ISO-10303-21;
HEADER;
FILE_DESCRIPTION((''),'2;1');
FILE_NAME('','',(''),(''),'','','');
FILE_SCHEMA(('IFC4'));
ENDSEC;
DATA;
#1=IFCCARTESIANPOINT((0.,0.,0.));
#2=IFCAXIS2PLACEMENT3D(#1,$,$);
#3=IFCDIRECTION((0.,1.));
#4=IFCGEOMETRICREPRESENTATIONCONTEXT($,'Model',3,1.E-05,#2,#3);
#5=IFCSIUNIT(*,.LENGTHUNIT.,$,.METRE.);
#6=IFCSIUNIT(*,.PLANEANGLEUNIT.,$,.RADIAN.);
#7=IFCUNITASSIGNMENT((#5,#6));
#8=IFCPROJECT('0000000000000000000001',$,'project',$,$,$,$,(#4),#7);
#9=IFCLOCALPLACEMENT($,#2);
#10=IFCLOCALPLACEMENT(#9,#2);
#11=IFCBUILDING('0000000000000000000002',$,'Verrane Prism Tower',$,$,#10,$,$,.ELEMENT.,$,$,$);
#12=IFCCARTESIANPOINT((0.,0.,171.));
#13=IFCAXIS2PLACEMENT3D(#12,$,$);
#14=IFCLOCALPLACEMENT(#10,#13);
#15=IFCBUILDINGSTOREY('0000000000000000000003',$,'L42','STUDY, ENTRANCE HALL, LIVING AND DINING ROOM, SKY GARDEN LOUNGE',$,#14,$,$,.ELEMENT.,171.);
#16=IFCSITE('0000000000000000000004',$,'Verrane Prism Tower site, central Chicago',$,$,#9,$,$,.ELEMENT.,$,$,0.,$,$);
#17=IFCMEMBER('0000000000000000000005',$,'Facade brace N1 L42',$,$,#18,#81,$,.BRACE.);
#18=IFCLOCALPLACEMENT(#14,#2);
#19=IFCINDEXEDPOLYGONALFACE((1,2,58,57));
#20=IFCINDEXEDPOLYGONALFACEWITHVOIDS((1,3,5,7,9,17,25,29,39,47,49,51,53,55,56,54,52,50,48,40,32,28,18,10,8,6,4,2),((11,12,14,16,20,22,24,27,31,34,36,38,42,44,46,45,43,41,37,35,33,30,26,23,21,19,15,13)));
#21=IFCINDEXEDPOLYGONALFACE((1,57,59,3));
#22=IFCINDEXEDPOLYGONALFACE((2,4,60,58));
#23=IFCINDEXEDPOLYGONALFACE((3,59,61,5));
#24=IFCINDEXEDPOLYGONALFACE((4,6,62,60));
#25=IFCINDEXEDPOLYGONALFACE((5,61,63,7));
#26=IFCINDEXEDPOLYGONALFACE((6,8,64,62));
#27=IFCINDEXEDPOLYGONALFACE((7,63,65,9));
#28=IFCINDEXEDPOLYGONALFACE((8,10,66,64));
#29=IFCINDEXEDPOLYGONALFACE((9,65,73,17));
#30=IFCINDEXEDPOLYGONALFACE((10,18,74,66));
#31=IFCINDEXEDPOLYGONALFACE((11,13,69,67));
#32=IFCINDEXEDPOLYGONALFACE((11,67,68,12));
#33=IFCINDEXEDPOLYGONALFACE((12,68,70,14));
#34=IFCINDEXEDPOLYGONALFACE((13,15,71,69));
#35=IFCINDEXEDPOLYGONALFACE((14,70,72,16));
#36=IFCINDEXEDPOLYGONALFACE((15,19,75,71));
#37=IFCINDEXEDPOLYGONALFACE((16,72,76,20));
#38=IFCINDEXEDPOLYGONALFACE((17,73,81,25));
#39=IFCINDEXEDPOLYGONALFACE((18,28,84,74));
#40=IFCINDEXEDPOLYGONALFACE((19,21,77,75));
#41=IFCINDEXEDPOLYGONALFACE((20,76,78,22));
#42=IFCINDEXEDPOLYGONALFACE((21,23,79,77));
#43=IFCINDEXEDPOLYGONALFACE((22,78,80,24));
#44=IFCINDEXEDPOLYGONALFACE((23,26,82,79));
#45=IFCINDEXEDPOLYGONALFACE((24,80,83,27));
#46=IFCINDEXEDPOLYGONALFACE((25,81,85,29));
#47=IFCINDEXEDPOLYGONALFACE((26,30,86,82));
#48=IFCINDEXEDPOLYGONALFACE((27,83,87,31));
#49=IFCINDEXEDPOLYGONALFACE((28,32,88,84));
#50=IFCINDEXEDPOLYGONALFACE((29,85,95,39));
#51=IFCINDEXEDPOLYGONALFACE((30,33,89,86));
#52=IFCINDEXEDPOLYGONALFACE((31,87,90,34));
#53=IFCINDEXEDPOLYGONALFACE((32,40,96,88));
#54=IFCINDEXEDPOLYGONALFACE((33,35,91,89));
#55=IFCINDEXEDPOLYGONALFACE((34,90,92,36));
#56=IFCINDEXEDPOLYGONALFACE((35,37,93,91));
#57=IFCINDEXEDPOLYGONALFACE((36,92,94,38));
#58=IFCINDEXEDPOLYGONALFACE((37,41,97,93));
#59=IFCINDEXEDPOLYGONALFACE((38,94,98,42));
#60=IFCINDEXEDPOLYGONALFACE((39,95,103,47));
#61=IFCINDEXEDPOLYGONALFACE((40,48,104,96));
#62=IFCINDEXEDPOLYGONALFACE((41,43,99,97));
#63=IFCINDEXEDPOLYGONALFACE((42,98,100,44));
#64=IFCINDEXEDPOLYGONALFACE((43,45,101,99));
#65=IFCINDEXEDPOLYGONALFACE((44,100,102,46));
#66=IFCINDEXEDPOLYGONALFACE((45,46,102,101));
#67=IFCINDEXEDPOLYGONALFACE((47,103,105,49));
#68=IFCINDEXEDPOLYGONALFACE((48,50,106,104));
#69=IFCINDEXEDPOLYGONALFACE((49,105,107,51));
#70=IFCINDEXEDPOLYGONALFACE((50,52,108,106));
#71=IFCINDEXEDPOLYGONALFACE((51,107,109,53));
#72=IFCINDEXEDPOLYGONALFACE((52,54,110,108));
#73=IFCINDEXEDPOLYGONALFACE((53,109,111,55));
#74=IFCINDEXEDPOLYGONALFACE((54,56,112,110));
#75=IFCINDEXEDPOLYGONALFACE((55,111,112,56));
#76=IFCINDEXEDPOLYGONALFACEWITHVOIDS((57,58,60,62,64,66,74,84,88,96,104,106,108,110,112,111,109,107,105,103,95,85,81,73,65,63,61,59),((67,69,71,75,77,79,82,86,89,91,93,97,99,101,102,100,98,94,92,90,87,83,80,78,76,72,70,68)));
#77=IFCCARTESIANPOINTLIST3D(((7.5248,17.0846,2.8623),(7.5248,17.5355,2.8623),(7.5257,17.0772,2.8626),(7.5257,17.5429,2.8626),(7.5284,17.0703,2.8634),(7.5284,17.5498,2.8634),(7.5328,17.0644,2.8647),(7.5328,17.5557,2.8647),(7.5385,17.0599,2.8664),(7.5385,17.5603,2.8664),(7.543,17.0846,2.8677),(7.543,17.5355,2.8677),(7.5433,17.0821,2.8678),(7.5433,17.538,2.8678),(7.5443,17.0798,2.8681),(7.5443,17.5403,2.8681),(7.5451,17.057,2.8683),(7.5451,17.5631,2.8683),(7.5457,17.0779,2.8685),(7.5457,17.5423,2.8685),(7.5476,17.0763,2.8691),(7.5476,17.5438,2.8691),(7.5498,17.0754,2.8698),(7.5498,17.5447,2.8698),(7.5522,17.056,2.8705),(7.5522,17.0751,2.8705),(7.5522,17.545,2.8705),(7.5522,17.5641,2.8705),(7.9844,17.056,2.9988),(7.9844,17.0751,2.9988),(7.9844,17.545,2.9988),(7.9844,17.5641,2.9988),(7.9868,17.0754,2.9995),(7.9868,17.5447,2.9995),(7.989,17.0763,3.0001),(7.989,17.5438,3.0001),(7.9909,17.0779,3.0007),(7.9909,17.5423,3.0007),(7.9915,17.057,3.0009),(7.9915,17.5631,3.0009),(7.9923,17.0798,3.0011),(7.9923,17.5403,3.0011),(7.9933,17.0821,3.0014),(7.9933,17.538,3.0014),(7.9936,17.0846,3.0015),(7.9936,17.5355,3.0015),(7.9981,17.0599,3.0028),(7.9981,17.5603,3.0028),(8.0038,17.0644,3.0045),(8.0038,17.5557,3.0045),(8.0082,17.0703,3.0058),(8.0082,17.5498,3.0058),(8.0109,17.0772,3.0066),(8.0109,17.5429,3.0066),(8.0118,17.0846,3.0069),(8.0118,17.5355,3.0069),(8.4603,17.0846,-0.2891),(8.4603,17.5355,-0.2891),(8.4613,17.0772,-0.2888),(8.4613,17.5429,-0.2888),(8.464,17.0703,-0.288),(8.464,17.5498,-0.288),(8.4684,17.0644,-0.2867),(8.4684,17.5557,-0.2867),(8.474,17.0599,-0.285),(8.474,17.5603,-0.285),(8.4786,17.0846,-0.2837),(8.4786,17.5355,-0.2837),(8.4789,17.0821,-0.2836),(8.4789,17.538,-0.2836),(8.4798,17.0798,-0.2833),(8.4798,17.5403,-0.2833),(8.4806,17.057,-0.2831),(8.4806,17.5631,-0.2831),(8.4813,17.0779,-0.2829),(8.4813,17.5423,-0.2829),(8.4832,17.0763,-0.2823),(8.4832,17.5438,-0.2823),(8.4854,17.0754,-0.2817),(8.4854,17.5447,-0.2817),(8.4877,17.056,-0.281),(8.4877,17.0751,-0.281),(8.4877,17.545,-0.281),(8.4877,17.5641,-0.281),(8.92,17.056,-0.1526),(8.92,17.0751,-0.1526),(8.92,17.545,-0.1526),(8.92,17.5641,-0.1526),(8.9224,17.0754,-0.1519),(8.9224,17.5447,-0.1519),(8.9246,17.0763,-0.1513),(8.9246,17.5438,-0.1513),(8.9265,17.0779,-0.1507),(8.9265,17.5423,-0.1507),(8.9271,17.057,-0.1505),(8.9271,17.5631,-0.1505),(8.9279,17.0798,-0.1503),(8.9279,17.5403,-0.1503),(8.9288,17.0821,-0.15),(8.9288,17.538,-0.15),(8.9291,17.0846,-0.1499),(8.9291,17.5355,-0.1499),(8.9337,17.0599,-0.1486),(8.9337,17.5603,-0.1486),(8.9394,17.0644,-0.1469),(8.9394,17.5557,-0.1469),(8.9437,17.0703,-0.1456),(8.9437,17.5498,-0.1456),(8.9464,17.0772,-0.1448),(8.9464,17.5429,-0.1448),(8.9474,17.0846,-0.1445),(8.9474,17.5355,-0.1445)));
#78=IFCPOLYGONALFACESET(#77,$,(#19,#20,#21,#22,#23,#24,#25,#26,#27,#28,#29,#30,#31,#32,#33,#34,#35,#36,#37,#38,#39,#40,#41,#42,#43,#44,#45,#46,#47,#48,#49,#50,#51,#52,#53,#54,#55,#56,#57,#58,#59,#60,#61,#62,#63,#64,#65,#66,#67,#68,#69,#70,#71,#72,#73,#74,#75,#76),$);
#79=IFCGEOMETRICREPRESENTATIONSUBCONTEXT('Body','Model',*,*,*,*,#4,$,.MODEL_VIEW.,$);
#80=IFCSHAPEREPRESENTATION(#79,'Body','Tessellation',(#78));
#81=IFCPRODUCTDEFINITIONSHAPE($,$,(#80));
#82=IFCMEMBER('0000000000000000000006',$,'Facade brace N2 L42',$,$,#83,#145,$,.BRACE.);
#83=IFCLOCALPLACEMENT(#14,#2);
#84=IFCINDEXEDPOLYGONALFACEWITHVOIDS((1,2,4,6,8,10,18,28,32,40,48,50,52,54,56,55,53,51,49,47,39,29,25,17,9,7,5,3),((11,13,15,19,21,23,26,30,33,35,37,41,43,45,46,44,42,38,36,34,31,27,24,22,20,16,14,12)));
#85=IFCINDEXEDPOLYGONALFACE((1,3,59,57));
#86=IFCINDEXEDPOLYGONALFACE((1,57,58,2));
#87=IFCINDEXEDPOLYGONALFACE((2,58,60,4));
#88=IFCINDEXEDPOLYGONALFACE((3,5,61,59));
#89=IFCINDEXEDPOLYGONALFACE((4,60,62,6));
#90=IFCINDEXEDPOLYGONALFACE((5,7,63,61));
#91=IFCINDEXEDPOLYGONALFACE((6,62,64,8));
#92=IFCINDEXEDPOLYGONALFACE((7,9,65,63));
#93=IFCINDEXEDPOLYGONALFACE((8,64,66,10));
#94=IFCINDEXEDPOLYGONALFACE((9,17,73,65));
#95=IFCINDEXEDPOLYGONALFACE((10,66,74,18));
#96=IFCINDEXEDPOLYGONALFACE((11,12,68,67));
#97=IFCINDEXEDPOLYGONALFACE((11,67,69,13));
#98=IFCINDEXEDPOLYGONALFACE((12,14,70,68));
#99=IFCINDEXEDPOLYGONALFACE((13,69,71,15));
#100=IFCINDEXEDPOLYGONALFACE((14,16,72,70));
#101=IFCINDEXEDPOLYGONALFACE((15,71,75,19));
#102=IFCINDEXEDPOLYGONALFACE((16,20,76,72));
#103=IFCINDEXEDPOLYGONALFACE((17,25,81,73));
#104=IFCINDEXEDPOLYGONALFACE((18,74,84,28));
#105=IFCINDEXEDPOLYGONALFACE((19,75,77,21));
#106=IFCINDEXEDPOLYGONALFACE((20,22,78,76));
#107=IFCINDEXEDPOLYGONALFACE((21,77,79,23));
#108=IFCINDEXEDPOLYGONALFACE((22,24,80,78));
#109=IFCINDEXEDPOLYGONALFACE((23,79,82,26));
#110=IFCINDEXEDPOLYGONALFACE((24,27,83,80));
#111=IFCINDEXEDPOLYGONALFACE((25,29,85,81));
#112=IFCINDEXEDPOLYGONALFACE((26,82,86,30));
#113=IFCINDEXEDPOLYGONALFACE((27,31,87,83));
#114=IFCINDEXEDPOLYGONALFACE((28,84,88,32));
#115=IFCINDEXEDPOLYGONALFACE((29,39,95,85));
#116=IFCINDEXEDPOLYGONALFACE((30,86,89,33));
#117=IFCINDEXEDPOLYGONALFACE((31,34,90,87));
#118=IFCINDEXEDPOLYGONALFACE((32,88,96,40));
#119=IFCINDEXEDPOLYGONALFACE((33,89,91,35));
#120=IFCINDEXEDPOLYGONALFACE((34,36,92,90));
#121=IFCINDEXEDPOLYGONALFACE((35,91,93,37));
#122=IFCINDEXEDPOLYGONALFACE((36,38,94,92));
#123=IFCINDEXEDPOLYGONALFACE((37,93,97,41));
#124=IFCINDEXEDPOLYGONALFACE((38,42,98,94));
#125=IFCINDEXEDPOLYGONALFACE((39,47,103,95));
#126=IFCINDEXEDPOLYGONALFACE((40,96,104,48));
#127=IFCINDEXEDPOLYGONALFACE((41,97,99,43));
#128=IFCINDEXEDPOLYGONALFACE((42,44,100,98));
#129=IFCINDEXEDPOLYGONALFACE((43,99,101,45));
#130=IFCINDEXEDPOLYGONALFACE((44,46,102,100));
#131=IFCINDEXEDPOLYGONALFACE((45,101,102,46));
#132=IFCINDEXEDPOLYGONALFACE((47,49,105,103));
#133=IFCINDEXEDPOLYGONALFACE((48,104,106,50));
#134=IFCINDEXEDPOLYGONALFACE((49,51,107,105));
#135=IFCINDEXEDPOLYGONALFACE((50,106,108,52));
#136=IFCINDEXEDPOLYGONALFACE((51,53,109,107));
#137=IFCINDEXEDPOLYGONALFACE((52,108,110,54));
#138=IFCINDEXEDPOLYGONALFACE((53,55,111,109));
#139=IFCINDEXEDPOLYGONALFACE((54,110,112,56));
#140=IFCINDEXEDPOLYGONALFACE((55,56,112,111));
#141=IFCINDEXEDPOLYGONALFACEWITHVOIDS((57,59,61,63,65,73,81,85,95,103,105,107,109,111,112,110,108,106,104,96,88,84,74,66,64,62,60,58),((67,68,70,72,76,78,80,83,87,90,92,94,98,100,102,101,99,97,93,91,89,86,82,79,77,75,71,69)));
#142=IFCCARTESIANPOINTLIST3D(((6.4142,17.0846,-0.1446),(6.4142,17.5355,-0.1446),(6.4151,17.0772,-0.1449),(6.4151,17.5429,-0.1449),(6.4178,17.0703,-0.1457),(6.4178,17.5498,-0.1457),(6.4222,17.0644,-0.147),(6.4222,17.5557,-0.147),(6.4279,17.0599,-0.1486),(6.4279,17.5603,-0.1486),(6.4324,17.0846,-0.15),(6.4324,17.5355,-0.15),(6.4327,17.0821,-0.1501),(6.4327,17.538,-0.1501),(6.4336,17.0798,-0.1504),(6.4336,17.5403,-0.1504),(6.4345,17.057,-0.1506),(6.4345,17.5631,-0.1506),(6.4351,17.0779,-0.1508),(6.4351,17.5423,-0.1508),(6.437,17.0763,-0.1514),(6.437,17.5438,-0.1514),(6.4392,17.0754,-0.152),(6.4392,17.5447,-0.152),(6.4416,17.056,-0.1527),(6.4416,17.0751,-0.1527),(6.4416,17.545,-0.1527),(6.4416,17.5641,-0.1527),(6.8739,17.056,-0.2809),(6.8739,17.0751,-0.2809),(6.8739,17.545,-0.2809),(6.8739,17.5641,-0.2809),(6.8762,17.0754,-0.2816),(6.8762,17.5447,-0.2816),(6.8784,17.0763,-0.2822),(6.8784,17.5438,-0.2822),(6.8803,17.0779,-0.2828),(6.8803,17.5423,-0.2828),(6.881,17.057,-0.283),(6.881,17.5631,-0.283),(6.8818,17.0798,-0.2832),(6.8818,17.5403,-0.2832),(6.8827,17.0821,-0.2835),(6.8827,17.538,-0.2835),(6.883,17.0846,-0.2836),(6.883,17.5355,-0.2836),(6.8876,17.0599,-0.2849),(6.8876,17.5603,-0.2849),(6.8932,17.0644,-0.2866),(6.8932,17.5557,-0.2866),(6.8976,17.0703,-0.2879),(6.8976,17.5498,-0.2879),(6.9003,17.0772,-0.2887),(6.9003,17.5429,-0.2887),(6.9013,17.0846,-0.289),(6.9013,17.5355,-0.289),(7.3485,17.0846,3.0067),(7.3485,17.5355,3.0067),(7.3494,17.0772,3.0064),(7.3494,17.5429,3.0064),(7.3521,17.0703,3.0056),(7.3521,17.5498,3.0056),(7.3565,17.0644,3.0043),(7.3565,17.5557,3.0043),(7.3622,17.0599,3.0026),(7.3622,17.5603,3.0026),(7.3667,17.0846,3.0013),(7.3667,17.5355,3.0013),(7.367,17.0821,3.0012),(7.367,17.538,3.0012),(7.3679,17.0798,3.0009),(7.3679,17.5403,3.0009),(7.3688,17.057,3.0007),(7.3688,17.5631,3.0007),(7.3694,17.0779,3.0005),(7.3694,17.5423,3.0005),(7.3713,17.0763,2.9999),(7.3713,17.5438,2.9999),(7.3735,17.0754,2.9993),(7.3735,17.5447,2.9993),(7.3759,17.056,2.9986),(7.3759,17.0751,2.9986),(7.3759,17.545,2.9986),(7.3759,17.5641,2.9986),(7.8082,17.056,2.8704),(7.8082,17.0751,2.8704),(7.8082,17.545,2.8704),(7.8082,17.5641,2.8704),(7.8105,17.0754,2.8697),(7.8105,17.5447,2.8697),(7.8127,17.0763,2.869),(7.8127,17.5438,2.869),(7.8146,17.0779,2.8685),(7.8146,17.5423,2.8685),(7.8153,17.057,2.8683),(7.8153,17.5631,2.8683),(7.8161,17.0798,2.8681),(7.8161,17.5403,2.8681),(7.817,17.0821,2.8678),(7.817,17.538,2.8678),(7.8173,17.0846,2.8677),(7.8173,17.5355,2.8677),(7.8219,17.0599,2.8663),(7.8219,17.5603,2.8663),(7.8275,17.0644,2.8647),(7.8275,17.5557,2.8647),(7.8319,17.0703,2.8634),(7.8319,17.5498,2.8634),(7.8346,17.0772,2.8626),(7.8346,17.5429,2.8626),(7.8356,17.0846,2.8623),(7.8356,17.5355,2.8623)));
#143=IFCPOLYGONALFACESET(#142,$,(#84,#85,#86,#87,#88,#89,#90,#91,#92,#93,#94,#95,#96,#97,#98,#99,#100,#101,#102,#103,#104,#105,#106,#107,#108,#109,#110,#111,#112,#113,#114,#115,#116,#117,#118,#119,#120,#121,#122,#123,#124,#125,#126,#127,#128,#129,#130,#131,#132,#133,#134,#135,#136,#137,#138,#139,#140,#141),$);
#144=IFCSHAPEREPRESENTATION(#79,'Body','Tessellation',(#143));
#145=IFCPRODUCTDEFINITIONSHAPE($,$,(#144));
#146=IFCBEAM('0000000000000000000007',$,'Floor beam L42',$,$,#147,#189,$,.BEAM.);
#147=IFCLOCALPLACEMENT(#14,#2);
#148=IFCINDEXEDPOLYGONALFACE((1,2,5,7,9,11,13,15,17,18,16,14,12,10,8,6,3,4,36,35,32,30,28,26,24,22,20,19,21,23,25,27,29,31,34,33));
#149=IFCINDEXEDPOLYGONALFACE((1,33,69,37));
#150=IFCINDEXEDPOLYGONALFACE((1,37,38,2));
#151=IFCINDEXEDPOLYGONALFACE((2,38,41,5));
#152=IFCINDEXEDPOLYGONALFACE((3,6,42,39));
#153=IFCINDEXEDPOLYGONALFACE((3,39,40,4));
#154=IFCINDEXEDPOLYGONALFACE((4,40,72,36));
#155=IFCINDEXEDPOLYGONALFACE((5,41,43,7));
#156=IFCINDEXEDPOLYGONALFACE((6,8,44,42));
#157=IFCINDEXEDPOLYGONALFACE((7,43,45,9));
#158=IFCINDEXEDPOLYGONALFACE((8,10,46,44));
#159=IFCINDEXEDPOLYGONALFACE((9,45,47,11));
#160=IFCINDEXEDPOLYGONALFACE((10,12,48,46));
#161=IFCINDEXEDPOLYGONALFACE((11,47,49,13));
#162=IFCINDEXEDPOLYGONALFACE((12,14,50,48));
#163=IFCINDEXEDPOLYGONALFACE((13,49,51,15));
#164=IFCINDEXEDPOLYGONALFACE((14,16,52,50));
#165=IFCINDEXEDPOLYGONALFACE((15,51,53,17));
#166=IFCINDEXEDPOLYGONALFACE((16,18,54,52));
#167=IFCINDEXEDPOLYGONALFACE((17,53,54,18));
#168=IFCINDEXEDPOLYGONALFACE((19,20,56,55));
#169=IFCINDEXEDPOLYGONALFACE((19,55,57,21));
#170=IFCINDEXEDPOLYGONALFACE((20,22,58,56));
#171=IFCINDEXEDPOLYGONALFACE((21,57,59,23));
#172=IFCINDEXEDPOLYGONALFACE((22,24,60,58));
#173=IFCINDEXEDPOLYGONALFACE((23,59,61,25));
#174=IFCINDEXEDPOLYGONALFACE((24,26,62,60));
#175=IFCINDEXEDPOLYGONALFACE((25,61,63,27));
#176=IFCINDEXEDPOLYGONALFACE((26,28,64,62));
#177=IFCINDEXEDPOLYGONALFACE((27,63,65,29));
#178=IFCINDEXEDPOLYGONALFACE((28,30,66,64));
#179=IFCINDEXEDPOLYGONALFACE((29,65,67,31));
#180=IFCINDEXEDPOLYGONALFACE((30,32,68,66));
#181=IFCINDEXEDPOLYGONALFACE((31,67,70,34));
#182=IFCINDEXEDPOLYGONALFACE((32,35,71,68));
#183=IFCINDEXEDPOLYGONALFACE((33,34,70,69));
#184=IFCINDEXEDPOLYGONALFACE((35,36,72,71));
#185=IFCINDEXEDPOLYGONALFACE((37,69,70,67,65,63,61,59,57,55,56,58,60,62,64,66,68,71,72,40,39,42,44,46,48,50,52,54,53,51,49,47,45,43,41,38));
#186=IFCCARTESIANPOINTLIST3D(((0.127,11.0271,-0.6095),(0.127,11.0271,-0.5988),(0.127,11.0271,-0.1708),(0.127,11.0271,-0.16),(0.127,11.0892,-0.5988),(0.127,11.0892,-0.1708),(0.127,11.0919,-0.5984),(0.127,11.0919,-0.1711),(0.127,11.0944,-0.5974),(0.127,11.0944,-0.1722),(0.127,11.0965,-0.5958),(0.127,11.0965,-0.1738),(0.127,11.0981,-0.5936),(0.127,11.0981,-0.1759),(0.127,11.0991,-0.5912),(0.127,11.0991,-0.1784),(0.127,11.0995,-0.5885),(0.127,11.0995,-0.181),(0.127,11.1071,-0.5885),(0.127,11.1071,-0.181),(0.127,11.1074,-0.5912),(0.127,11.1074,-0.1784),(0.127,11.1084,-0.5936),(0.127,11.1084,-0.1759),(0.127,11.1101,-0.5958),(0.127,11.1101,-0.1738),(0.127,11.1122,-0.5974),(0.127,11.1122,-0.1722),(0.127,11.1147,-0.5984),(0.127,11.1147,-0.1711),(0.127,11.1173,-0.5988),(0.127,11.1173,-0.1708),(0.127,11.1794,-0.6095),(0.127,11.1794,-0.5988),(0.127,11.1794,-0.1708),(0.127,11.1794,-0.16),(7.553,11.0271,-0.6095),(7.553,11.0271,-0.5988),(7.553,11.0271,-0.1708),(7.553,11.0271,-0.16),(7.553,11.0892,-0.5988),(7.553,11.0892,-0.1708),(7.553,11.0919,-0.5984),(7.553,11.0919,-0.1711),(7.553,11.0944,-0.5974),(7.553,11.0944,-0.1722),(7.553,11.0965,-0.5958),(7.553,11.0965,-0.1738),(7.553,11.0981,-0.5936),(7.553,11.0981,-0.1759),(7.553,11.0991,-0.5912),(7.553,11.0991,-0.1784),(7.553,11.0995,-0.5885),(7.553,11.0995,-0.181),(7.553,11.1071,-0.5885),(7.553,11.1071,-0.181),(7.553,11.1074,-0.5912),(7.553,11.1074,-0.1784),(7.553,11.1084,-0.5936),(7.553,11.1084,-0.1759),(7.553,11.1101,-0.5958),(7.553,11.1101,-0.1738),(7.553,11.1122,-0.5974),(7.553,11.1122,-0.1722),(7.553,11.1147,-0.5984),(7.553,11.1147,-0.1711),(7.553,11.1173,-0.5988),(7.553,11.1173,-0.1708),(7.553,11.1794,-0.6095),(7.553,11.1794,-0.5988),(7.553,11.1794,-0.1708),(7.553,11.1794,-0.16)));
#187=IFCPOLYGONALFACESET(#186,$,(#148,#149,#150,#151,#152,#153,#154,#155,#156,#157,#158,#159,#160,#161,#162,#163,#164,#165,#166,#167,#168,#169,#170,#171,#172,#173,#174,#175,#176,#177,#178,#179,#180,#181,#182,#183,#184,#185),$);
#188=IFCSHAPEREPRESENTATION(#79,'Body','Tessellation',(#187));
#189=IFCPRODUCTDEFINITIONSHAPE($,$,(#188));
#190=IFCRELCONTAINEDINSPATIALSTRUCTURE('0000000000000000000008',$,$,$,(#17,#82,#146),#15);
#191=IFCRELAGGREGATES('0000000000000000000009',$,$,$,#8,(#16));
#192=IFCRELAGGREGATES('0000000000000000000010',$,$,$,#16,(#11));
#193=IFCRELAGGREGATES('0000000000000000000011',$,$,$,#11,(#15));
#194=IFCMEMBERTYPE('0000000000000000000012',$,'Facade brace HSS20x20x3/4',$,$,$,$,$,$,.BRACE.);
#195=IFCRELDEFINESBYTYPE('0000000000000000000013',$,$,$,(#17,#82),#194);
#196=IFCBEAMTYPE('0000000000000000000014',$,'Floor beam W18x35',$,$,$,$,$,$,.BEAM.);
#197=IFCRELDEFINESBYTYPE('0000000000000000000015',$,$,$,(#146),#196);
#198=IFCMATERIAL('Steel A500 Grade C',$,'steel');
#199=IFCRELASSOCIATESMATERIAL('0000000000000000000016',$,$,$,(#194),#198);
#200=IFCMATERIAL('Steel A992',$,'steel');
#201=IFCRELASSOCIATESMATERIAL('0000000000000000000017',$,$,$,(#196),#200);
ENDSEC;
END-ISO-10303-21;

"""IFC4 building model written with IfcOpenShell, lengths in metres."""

from ifc_helpers import new_model, si_unit, direction, frame, origin, origin_2d, place, context, subcontext, project, spatial, hollow_rectangle, i_section, extrude, material, material_profile, profile_set, type_object, element, save


model = new_model("IFC4")

# Units and contexts
model_context = context("Model", 3, precision=1e-05, world=origin(), true_north=direction((0.0, 1.0)))
body_context = subcontext(model_context, "Body", "Model", "MODEL_VIEW")
ifc_project = project(units=[si_unit("LENGTHUNIT", "METRE"), si_unit("PLANEANGLEUNIT", "RADIAN")], contexts=[model_context])

# Site, building, storey
site_placement = place(None, origin())
site = spatial("IfcSite", under=ifc_project, at=site_placement, Name="Verrane Prism Tower site, central Chicago", CompositionType="ELEMENT", RefElevation=0.0)
building_placement = place(site_placement, origin())
building = spatial("IfcBuilding", under=site, at=building_placement, Name="Verrane Prism Tower", CompositionType="ELEMENT")
storey_placement = place(building_placement, frame((0.0, 0.0, 171.0)))
storey = spatial("IfcBuildingStorey", under=building, at=storey_placement, Name="L42", Description="STUDY, ENTRANCE HALL, LIVING AND DINING ROOM, SKY GARDEN LOUNGE", CompositionType="ELEMENT", Elevation=171.0)

# Members
ifc_material_1 = material(Name="Steel A500 Grade C", Category="steel")
ifc_material_profile_1 = material_profile(ifc_material_1, hollow_rectangle(XDim=0.5081, YDim=0.5081, WallThickness=0.019, InnerFilletRadius=0.0095, OuterFilletRadius=0.0286, at=origin_2d()), Name="HSS20x20x3/4")
ifc_profile_set_1 = profile_set([ifc_material_profile_1], Name="Steel A500 Grade C")
member_type_1 = type_object("IfcMemberType", Name="Facade brace HSS20x20x3/4", PredefinedType="BRACE", material=ifc_profile_set_1)
member_1_placement = place(storey_placement, frame((8.7039, 17.3101, -0.2168), z_axis=(-0.284594, 0.0, 0.958648), x_axis=(0.0, -1.0, 0.0)))
element("IfcMember", 1, at=member_1_placement, inside=storey, type_object=member_type_1, Name="Facade brace N1 L42", PredefinedType="BRACE", context=body_context, shape_type="SweptSolid", body=[
    extrude(hollow_rectangle(XDim=0.5081, YDim=0.5081, WallThickness=0.019, InnerFilletRadius=0.0095, OuterFilletRadius=0.0286, at=origin_2d()), origin(), (0.0, 0.0, 1.0), 3.2874),
])
member_2_placement = place(storey_placement, frame((6.6577, 17.3101, -0.2168), z_axis=(0.284253, 0.0, 0.958749), x_axis=(0.0, 1.0, 0.0)))
element("IfcMember", 2, at=member_2_placement, inside=storey, type_object=member_type_1, Name="Facade brace N2 L42", PredefinedType="BRACE", context=body_context, shape_type="SweptSolid", body=[
    extrude(hollow_rectangle(XDim=0.5081, YDim=0.5081, WallThickness=0.019, InnerFilletRadius=0.0095, OuterFilletRadius=0.0286, at=origin_2d()), origin(), (0.0, 0.0, 1.0), 3.2869),
])

# Beam
ifc_material_2 = material(Name="Steel A992", Category="steel")
ifc_material_profile_2 = material_profile(ifc_material_2, i_section(OverallWidth=0.1523, OverallDepth=0.4495, WebThickness=0.0076, FlangeThickness=0.0107, FilletRadius=0.0103, at=origin_2d()), Name="W18x35")
ifc_profile_set_2 = profile_set([ifc_material_profile_2], Name="Steel A992")
beam_type_1 = type_object("IfcBeamType", Name="Floor beam W18x35", PredefinedType="BEAM", material=ifc_profile_set_2)
for number, where, z_axis, x_axis, name in (
    (3, (0.127, 11.1033, -0.3848), (1.0, 0.0, 0.0), (0.0, 1.0, 0.0), "Floor beam L42"),
):
    element("IfcBeam", number, at=place(storey_placement, frame(where, z_axis=z_axis, x_axis=x_axis)), inside=storey, type_object=beam_type_1, Name=name, PredefinedType="BEAM", context=body_context, shape_type="SweptSolid", body=[
        extrude(i_section(OverallWidth=0.1523, OverallDepth=0.4495, WebThickness=0.0076, FlangeThickness=0.0107, FilletRadius=0.0103, at=origin_2d()), origin(), (0.0, 0.0, 1.0), 7.426),
    ])

save(model, "model.ifc")
